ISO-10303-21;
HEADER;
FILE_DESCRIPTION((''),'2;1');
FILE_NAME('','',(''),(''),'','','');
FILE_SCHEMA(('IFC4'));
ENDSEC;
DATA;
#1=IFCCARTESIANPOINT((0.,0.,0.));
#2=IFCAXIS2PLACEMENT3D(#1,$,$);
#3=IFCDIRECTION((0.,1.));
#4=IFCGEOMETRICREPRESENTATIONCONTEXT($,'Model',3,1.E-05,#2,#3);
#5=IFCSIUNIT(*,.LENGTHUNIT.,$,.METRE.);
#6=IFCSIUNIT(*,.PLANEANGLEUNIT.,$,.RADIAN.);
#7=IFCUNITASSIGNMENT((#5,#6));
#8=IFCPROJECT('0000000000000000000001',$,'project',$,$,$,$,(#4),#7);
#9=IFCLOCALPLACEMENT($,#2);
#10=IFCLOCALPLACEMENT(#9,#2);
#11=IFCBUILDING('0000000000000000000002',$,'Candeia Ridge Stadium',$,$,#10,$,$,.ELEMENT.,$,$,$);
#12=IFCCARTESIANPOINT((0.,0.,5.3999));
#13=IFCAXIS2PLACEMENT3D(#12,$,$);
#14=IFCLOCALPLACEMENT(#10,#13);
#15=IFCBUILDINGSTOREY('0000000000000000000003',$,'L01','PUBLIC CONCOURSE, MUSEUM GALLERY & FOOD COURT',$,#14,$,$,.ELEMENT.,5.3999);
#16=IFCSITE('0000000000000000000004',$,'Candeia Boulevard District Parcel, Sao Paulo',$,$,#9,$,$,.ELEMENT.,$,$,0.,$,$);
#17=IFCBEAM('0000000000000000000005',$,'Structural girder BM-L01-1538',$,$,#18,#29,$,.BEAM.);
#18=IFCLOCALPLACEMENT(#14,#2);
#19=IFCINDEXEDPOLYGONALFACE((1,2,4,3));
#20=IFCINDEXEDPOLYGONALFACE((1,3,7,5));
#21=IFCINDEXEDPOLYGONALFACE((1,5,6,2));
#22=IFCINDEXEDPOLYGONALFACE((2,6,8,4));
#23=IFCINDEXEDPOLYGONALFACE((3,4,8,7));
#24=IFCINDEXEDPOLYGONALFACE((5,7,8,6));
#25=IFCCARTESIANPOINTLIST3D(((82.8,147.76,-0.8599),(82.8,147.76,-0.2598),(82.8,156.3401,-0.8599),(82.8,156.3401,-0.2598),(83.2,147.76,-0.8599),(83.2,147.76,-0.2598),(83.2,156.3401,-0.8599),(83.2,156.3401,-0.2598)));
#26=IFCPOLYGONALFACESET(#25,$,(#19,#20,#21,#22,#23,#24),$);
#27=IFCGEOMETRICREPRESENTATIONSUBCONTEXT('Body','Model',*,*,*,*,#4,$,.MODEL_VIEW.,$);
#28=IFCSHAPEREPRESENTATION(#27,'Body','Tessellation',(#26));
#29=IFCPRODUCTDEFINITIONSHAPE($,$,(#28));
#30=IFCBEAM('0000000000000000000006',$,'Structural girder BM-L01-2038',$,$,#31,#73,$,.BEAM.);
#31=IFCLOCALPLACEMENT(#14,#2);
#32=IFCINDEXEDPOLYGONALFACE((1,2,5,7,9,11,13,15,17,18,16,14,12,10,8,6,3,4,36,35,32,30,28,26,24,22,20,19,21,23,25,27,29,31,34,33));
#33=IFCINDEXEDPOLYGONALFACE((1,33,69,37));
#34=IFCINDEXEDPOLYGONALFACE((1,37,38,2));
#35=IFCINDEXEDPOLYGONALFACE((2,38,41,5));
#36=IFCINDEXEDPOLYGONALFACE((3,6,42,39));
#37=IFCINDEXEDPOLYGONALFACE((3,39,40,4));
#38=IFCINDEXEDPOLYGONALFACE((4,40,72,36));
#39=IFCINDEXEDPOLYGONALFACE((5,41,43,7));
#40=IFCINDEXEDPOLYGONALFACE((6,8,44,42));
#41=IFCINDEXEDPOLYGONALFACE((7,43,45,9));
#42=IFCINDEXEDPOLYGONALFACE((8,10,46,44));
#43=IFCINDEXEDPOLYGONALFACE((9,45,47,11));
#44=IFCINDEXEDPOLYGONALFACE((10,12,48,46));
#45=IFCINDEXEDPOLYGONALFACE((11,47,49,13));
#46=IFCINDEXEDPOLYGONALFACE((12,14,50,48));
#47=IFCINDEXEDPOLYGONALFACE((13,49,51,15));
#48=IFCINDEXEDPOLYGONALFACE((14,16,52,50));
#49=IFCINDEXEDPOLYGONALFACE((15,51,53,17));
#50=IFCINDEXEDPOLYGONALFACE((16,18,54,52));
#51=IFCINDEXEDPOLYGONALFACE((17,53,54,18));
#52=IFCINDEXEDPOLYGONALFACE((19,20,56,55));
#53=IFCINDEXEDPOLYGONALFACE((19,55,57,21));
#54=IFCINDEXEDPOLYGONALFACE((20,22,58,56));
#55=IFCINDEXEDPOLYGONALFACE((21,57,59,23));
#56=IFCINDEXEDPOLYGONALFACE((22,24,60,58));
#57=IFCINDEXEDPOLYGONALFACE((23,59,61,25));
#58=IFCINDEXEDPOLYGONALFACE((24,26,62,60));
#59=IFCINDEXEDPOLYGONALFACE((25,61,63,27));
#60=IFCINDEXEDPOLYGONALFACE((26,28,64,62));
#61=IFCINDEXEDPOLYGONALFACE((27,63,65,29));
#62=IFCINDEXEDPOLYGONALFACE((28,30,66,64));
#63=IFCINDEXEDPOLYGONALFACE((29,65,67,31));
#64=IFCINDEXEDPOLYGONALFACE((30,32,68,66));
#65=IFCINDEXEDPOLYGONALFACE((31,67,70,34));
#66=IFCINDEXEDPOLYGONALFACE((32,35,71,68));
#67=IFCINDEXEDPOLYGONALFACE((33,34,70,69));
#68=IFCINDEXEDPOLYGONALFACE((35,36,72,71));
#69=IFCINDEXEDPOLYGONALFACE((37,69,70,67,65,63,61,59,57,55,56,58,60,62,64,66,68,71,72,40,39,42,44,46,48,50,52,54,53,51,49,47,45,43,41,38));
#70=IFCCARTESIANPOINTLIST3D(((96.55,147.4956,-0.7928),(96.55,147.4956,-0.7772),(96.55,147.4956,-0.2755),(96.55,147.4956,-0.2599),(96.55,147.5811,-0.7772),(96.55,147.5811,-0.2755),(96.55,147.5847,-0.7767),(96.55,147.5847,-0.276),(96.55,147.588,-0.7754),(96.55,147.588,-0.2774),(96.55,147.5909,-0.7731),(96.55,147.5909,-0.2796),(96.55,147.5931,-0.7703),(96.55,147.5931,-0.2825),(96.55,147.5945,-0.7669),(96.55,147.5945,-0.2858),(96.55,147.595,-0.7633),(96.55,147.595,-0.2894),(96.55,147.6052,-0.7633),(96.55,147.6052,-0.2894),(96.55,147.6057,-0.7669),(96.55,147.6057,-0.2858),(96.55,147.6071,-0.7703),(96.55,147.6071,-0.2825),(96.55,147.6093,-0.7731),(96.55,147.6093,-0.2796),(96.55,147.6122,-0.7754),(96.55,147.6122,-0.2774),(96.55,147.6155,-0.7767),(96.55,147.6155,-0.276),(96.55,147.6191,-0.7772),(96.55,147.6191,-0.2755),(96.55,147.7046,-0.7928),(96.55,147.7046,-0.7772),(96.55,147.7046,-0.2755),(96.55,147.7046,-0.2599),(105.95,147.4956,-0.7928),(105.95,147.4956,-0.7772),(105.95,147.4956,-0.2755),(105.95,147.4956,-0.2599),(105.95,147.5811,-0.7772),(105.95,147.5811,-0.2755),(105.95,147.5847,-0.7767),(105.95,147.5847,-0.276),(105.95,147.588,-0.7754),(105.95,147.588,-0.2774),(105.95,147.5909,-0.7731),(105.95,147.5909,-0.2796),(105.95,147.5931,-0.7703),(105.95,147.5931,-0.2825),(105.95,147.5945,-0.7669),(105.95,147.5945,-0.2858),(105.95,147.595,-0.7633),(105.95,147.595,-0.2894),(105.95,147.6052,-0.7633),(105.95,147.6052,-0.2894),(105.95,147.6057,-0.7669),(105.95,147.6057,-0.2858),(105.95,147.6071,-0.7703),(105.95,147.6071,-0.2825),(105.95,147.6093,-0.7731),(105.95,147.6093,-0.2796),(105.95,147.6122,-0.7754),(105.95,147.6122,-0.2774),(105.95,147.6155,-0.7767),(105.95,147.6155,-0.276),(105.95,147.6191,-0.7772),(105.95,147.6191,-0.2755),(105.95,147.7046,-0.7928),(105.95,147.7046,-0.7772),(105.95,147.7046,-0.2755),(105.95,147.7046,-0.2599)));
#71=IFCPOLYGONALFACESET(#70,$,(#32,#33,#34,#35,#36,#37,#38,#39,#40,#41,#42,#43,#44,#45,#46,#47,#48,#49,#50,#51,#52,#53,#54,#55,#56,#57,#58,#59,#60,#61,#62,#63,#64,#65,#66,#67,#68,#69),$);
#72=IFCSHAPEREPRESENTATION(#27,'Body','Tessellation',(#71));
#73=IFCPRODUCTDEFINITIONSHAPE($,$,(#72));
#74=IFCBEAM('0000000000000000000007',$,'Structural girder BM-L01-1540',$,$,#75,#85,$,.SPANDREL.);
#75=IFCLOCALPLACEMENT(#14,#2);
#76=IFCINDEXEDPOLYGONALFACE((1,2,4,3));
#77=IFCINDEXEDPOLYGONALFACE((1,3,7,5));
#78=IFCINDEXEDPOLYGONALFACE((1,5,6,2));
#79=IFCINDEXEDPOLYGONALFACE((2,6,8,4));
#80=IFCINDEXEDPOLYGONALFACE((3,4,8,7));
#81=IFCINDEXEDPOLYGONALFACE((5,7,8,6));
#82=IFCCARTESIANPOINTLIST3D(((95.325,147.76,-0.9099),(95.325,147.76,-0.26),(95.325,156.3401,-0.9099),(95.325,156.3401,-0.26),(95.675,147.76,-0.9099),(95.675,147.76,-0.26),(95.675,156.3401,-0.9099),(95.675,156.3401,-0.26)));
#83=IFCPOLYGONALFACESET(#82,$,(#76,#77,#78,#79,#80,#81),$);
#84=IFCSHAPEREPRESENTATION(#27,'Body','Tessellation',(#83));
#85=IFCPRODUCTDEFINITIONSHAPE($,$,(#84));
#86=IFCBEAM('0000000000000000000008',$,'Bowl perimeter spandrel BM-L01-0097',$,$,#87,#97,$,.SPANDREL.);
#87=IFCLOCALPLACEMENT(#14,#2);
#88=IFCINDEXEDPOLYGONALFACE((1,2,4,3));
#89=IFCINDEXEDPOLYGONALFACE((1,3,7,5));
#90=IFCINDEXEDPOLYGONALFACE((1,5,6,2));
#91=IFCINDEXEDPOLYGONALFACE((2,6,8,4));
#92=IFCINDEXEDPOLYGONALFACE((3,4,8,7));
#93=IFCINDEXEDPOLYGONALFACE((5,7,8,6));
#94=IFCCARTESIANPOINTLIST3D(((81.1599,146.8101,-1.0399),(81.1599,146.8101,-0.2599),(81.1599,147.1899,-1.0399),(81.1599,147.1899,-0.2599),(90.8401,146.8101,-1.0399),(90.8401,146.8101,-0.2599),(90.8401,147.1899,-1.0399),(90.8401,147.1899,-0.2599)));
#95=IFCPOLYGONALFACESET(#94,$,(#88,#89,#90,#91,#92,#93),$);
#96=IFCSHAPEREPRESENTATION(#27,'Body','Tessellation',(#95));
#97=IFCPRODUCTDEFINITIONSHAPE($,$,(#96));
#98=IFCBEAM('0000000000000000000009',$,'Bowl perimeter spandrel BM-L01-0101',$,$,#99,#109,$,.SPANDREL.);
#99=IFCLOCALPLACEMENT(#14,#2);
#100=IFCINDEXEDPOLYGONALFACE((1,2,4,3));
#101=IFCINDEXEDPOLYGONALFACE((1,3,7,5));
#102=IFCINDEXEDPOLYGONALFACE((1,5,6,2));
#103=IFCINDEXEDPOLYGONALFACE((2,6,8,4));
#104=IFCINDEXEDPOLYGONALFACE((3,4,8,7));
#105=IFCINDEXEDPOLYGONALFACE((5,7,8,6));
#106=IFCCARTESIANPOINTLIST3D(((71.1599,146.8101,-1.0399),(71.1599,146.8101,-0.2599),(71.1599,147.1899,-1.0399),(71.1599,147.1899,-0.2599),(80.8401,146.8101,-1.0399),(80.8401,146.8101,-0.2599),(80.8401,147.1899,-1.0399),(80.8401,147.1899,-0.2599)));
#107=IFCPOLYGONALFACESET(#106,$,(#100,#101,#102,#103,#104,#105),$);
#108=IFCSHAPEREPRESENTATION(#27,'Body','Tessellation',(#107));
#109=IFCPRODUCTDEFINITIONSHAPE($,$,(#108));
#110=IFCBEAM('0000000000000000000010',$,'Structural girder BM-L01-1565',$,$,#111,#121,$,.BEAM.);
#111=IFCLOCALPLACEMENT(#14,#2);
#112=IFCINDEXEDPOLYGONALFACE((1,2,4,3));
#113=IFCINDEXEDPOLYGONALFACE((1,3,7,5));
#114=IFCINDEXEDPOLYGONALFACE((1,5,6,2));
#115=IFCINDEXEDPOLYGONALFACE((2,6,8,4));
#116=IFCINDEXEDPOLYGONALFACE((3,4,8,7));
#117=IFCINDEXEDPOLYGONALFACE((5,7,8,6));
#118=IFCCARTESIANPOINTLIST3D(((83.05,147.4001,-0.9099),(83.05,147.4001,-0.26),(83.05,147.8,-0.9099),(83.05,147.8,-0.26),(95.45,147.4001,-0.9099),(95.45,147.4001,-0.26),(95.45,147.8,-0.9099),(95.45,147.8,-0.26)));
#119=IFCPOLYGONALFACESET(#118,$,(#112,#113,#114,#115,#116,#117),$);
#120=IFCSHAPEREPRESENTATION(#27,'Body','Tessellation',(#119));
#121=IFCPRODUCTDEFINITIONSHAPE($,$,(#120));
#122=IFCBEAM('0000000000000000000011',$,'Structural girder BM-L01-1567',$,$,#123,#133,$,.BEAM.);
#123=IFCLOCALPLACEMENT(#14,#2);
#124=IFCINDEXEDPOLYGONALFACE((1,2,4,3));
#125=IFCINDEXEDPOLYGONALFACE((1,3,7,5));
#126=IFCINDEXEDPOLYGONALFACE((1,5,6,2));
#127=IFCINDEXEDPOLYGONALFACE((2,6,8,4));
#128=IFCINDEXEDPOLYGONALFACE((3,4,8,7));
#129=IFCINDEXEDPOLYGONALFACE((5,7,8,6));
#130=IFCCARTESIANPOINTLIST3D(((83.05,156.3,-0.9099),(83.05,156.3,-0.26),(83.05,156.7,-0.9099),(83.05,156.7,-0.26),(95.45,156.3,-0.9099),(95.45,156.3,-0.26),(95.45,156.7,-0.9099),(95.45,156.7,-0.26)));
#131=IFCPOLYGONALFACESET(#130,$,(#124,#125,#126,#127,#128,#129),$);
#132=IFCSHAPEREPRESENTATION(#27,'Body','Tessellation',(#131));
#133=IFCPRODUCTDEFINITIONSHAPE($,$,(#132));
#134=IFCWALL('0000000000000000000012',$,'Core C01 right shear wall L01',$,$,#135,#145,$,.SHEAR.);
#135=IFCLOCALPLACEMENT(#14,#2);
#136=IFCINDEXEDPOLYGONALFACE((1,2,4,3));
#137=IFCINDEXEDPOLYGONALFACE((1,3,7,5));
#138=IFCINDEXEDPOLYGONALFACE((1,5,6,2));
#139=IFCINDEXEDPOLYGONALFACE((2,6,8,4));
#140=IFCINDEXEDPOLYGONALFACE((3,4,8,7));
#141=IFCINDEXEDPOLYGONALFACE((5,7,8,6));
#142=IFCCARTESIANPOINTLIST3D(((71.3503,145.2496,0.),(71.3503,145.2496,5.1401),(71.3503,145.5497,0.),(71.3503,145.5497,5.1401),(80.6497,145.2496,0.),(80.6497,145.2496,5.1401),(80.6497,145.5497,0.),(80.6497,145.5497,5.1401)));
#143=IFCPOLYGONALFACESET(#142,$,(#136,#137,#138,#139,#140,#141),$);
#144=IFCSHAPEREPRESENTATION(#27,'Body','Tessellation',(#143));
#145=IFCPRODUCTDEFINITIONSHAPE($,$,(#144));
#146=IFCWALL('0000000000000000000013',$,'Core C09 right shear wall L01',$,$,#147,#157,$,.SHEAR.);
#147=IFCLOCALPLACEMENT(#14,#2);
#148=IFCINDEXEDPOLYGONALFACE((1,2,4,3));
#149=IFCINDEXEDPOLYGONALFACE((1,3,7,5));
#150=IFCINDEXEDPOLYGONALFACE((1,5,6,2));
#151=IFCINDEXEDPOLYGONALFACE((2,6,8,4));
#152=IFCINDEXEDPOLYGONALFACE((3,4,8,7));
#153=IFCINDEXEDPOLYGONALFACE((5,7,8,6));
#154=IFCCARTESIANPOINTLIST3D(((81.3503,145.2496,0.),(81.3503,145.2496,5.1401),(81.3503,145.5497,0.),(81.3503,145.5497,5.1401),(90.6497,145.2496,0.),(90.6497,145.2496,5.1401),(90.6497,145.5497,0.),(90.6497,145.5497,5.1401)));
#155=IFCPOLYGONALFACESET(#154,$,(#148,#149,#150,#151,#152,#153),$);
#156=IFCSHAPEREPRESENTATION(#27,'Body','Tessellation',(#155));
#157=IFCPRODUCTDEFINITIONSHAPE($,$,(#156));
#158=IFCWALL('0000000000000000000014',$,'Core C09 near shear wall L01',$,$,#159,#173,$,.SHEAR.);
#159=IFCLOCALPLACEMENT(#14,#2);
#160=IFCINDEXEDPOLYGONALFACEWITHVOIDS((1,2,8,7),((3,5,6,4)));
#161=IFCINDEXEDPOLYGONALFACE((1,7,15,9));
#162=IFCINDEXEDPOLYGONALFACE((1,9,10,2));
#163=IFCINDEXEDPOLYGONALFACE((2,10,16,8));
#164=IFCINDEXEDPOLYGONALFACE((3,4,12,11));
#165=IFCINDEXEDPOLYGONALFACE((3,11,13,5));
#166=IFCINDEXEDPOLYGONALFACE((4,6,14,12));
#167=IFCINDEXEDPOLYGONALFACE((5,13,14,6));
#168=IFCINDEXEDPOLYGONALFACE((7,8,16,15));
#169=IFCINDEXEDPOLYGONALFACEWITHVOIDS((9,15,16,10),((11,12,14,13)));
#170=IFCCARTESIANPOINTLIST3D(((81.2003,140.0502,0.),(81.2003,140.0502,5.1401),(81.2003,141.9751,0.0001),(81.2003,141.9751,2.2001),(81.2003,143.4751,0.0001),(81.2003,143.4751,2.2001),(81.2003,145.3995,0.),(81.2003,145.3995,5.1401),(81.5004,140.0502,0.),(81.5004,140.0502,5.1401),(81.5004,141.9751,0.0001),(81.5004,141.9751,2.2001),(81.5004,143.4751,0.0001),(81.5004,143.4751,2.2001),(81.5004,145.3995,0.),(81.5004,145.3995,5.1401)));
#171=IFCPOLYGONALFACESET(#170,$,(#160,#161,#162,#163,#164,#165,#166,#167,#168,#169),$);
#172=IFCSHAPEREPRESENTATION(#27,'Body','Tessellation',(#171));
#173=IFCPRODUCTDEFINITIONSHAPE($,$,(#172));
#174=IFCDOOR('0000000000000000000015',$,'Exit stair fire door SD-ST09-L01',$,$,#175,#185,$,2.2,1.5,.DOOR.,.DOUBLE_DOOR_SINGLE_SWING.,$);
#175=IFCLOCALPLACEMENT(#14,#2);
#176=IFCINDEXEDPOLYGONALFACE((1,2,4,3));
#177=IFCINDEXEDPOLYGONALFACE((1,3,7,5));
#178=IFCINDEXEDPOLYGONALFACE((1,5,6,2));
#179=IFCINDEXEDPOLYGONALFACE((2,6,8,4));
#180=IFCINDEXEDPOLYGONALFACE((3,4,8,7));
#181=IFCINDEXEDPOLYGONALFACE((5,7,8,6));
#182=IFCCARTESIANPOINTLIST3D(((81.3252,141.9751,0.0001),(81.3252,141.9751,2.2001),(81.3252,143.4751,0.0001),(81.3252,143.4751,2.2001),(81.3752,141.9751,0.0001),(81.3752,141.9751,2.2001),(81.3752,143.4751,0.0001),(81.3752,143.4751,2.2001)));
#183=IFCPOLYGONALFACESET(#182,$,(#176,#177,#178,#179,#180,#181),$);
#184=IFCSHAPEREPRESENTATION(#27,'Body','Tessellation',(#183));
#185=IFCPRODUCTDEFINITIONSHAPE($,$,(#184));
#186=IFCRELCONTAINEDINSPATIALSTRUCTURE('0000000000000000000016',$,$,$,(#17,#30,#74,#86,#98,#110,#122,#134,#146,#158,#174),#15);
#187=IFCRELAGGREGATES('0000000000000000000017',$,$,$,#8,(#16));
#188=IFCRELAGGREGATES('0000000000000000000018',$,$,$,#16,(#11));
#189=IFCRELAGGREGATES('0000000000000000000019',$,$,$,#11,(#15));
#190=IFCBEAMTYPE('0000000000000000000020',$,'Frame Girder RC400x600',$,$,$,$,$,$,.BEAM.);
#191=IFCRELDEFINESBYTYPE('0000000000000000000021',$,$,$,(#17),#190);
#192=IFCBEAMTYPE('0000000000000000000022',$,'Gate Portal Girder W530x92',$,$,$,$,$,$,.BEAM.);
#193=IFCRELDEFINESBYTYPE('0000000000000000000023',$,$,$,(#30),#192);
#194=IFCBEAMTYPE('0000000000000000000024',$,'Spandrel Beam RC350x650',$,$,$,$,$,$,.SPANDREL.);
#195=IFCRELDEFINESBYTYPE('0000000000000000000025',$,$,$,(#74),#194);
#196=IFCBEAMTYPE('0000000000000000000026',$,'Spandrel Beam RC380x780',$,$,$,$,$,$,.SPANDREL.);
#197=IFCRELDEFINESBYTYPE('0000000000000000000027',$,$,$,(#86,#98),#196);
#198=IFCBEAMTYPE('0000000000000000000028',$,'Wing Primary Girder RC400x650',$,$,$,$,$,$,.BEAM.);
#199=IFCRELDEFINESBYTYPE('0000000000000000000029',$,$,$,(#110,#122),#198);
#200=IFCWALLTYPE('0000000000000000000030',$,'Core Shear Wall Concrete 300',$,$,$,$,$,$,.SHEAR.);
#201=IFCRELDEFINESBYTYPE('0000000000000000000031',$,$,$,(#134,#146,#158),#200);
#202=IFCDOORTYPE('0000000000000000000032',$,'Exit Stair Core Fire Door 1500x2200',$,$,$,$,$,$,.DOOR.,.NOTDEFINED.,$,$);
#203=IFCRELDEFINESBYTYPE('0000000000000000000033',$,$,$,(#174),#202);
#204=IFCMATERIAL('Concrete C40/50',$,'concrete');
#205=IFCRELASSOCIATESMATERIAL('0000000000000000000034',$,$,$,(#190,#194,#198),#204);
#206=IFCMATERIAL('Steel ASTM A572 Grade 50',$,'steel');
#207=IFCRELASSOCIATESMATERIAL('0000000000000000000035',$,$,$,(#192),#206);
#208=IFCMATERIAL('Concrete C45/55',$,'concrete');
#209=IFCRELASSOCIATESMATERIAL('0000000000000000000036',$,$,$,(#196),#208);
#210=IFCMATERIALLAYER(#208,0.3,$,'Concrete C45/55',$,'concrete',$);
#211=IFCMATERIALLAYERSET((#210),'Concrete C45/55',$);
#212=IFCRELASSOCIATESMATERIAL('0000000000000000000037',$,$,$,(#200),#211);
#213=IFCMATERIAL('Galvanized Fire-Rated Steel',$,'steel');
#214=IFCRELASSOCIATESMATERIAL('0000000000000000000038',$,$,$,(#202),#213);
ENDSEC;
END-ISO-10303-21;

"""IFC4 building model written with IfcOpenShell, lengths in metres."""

from ifc_helpers import new_model, si_unit, direction, frame, frame_2d, origin, origin_2d, place, context, subcontext, project, spatial, rectangle, i_section, extrude, material, layer, layer_set, material_profile, profile_set, type_object, element, fill, save


model = new_model("IFC4")

# Units and contexts
model_context = context("Model", 3, precision=1e-05, world=origin(), true_north=direction((0.0, 1.0)))
body_context = subcontext(model_context, "Body", "Model", "MODEL_VIEW")
ifc_project = project(units=[si_unit("LENGTHUNIT", "METRE"), si_unit("PLANEANGLEUNIT", "RADIAN")], contexts=[model_context])

# Site, building, storey
site_placement = place(None, origin())
site = spatial("IfcSite", under=ifc_project, at=site_placement, Name="Candeia Boulevard District Parcel, Sao Paulo", CompositionType="ELEMENT", RefElevation=0.0)
building_placement = place(site_placement, origin())
building = spatial("IfcBuilding", under=site, at=building_placement, Name="Candeia Ridge Stadium", CompositionType="ELEMENT")
storey_placement = place(building_placement, frame((0.0, 0.0, 5.3999)))
storey = spatial("IfcBuildingStorey", under=building, at=storey_placement, Name="L01", Description="PUBLIC CONCOURSE, MUSEUM GALLERY & FOOD COURT", CompositionType="ELEMENT", Elevation=5.3999)

# Shared definitions
ifc_material_1 = material(Name="Concrete C45/55", Category="concrete")
ifc_material_2 = material(Name="Steel ASTM A572 Grade 50", Category="steel")
ifc_material_3 = material(Name="Concrete C40/50", Category="concrete")

# Beams
ifc_material_profile_1 = material_profile(ifc_material_3, rectangle(XDim=0.3999, YDim=0.6001, at=origin_2d()), Name="RC400x600", Category="concrete")
ifc_profile_set_1 = profile_set([ifc_material_profile_1], Name="Concrete C40/50")
beam_type_1 = type_object("IfcBeamType", Name="Frame Girder RC400x600", PredefinedType="BEAM", material=ifc_profile_set_1)
beam_1_placement = place(storey_placement, frame((83.0, 147.76, -0.5598), z_axis=(0.0, 1.0, 0.0), x_axis=(-1.0, 0.0, 0.0)))
element("IfcBeam", 1, at=beam_1_placement, inside=storey, type_object=beam_type_1, Name="Structural girder BM-L01-1538", PredefinedType="BEAM", context=body_context, shape_type="SweptSolid", body=[
    extrude(rectangle(XDim=0.3999, YDim=0.6001, at=origin_2d()), origin(), (0.0, 0.0, 1.0), 8.5801),
])
ifc_material_profile_2 = material_profile(ifc_material_2, i_section(OverallWidth=0.209, OverallDepth=0.533, WebThickness=0.0103, FlangeThickness=0.0156, FilletRadius=0.0139, at=origin_2d()), Name="W530x92", Category="steel")
ifc_profile_set_2 = profile_set([ifc_material_profile_2], Name="Steel ASTM A572 Grade 50")
beam_type_2 = type_object("IfcBeamType", Name="Gate Portal Girder W530x92", PredefinedType="BEAM", material=ifc_profile_set_2)
beam_2_placement = place(storey_placement, frame((96.55, 147.6001, -0.5264), z_axis=(1.0, 0.0, 0.0), x_axis=(0.0, 1.0, 0.0)))
element("IfcBeam", 2, at=beam_2_placement, inside=storey, type_object=beam_type_2, Name="Structural girder BM-L01-2038", PredefinedType="BEAM", context=body_context, shape_type="SweptSolid", body=[
    extrude(i_section(OverallWidth=0.209, OverallDepth=0.533, WebThickness=0.0103, FlangeThickness=0.0156, FilletRadius=0.0139, at=origin_2d()), origin(), (0.0, 0.0, 1.0), 9.3999),
])
ifc_material_profile_3 = material_profile(ifc_material_3, rectangle(XDim=0.3501, YDim=0.6499, at=origin_2d()), Name="RC350x650", Category="concrete")
ifc_profile_set_3 = profile_set([ifc_material_profile_3], Name="Concrete C40/50")
beam_type_3 = type_object("IfcBeamType", Name="Spandrel Beam RC350x650", PredefinedType="SPANDREL", material=ifc_profile_set_3)
beam_3_placement = place(storey_placement, frame((95.5, 147.76, -0.585), z_axis=(0.0, 1.0, 0.0), x_axis=(-1.0, 0.0, 0.0)))
element("IfcBeam", 3, at=beam_3_placement, inside=storey, type_object=beam_type_3, Name="Structural girder BM-L01-1540", PredefinedType="SPANDREL", context=body_context, shape_type="SweptSolid", body=[
    extrude(rectangle(XDim=0.3501, YDim=0.6499, at=origin_2d()), origin(), (0.0, 0.0, 1.0), 8.5801),
])
ifc_material_profile_4 = material_profile(ifc_material_1, rectangle(XDim=0.3799, YDim=0.78, at=origin_2d()), Name="RC380x780", Category="concrete")
ifc_profile_set_4 = profile_set([ifc_material_profile_4], Name="Concrete C45/55")
beam_type_4 = type_object("IfcBeamType", Name="Spandrel Beam RC380x780", PredefinedType="SPANDREL", material=ifc_profile_set_4)
for number, where, z_axis, x_axis, name in (
    (4, (90.8401, 147.0, -0.6499), (-1.0, 0.0, 0.0), (0.0, -1.0, 0.0), "Bowl perimeter spandrel BM-L01-0097"),
    (5, (80.8401, 147.0, -0.6499), (-1.0, 0.0, 0.0), (0.0, -1.0, 0.0), "Bowl perimeter spandrel BM-L01-0101"),
):
    element("IfcBeam", number, at=place(storey_placement, frame(where, z_axis=z_axis, x_axis=x_axis)), inside=storey, type_object=beam_type_4, Name=name, PredefinedType="SPANDREL", context=body_context, shape_type="SweptSolid", body=[
        extrude(rectangle(XDim=0.3799, YDim=0.78, at=origin_2d()), origin(), (0.0, 0.0, 1.0), 9.6802),
    ])
ifc_material_profile_5 = material_profile(ifc_material_3, rectangle(XDim=0.3999, YDim=0.6499, at=origin_2d()), Name="RC400x650", Category="concrete")
ifc_profile_set_5 = profile_set([ifc_material_profile_5], Name="Concrete C40/50")
beam_type_5 = type_object("IfcBeamType", Name="Wing Primary Girder RC400x650", PredefinedType="BEAM", material=ifc_profile_set_5)
for number, where, z_axis, x_axis, name in (
    (6, (83.05, 147.6001, -0.585), (1.0, 0.0, 0.0), (0.0, 1.0, 0.0), "Structural girder BM-L01-1565"),
    (7, (83.05, 156.5, -0.585), (1.0, 0.0, 0.0), (0.0, 1.0, 0.0), "Structural girder BM-L01-1567"),
):
    element("IfcBeam", number, at=place(storey_placement, frame(where, z_axis=z_axis, x_axis=x_axis)), inside=storey, type_object=beam_type_5, Name=name, PredefinedType="BEAM", context=body_context, shape_type="SweptSolid", body=[
        extrude(rectangle(XDim=0.3999, YDim=0.6499, at=origin_2d()), origin(), (0.0, 0.0, 1.0), 12.3999),
    ])

# Walls
ifc_layer = layer(ifc_material_1, 0.3, Name="Concrete C45/55", Category="concrete")
ifc_layer_set = layer_set([ifc_layer], Name="Concrete C45/55")
wall_type = type_object("IfcWallType", Name="Core Shear Wall Concrete 300", PredefinedType="SHEAR", material=ifc_layer_set)
for number, where, z_axis, x_axis, name in (
    (8, (80.6497, 145.3997, 0.0), (0.0, 0.0, 1.0), (-1.0, 0.0, 0.0), "Core C01 right shear wall L01"),
    (9, (90.6497, 145.3997, 0.0), (0.0, 0.0, 1.0), (-1.0, 0.0, 0.0), "Core C09 right shear wall L01"),
):
    element("IfcWall", number, at=place(storey_placement, frame(where, z_axis=z_axis, x_axis=x_axis)), inside=storey, type_object=wall_type, Name=name, PredefinedType="SHEAR", context=body_context, shape_type="SweptSolid", body=[
        extrude(rectangle(XDim=9.2993, YDim=0.3, at=frame_2d((4.6497, 0.0))), origin(), (0.0, 0.0, 1.0), 5.1401),
    ])

# Wall, opening, door
wall_placement = place(storey_placement, frame((81.3503, 145.3997, 0.0), z_axis=(0.0, 0.0, 1.0), x_axis=(0.0, -1.0, 0.0)))
wall = element("IfcWall", 10, at=wall_placement, inside=storey, type_object=wall_type, Name="Core C09 near shear wall L01", PredefinedType="SHEAR", context=body_context, shape_type="SweptSolid", body=[
    extrude(rectangle(XDim=5.3494, YDim=0.3, at=frame_2d((2.6748, 0.0))), origin(), (0.0, 0.0, 1.0), 5.1401),
])
opening_placement = place(wall_placement, frame((1.9246, 0.0, 0.0)))
opening = element("IfcOpeningElement", 11, at=opening_placement, cuts=wall, PredefinedType="OPENING", context=body_context, shape_type="SweptSolid", body=[
    extrude(rectangle(XDim=1.5, YDim=2.2, at=frame_2d((0.75, 1.1001))), frame((0.0, 0.1599, 0.0), z_axis=(0.0, -1.0, 0.0), x_axis=(1.0, 0.0, 0.0)), (0.0, 0.0, 1.0), 0.3201),
])
ifc_material_4 = material(Name="Galvanized Fire-Rated Steel", Category="steel")
door_type = type_object("IfcDoorType", Name="Exit Stair Core Fire Door 1500x2200", OperationType="NOTDEFINED", PredefinedType="DOOR", material=ifc_material_4)
door_placement = place(opening_placement, origin())
door = element("IfcDoor", 12, at=door_placement, inside=storey, type_object=door_type, Name="Exit stair fire door SD-ST09-L01", OperationType="DOUBLE_DOOR_SINGLE_SWING", OverallHeight=2.2, OverallWidth=1.5, PredefinedType="DOOR", context=body_context, shape_type="SweptSolid", body=[
    extrude(rectangle(XDim=1.5, YDim=2.2, at=frame_2d((0.75, 1.1001))), frame((0.0, 0.0249, 0.0), z_axis=(0.0, -1.0, 0.0), x_axis=(1.0, 0.0, 0.0)), (0.0, 0.0, 1.0), 0.05),
])
fill(opening, door)

save(model, "model.ifc")
